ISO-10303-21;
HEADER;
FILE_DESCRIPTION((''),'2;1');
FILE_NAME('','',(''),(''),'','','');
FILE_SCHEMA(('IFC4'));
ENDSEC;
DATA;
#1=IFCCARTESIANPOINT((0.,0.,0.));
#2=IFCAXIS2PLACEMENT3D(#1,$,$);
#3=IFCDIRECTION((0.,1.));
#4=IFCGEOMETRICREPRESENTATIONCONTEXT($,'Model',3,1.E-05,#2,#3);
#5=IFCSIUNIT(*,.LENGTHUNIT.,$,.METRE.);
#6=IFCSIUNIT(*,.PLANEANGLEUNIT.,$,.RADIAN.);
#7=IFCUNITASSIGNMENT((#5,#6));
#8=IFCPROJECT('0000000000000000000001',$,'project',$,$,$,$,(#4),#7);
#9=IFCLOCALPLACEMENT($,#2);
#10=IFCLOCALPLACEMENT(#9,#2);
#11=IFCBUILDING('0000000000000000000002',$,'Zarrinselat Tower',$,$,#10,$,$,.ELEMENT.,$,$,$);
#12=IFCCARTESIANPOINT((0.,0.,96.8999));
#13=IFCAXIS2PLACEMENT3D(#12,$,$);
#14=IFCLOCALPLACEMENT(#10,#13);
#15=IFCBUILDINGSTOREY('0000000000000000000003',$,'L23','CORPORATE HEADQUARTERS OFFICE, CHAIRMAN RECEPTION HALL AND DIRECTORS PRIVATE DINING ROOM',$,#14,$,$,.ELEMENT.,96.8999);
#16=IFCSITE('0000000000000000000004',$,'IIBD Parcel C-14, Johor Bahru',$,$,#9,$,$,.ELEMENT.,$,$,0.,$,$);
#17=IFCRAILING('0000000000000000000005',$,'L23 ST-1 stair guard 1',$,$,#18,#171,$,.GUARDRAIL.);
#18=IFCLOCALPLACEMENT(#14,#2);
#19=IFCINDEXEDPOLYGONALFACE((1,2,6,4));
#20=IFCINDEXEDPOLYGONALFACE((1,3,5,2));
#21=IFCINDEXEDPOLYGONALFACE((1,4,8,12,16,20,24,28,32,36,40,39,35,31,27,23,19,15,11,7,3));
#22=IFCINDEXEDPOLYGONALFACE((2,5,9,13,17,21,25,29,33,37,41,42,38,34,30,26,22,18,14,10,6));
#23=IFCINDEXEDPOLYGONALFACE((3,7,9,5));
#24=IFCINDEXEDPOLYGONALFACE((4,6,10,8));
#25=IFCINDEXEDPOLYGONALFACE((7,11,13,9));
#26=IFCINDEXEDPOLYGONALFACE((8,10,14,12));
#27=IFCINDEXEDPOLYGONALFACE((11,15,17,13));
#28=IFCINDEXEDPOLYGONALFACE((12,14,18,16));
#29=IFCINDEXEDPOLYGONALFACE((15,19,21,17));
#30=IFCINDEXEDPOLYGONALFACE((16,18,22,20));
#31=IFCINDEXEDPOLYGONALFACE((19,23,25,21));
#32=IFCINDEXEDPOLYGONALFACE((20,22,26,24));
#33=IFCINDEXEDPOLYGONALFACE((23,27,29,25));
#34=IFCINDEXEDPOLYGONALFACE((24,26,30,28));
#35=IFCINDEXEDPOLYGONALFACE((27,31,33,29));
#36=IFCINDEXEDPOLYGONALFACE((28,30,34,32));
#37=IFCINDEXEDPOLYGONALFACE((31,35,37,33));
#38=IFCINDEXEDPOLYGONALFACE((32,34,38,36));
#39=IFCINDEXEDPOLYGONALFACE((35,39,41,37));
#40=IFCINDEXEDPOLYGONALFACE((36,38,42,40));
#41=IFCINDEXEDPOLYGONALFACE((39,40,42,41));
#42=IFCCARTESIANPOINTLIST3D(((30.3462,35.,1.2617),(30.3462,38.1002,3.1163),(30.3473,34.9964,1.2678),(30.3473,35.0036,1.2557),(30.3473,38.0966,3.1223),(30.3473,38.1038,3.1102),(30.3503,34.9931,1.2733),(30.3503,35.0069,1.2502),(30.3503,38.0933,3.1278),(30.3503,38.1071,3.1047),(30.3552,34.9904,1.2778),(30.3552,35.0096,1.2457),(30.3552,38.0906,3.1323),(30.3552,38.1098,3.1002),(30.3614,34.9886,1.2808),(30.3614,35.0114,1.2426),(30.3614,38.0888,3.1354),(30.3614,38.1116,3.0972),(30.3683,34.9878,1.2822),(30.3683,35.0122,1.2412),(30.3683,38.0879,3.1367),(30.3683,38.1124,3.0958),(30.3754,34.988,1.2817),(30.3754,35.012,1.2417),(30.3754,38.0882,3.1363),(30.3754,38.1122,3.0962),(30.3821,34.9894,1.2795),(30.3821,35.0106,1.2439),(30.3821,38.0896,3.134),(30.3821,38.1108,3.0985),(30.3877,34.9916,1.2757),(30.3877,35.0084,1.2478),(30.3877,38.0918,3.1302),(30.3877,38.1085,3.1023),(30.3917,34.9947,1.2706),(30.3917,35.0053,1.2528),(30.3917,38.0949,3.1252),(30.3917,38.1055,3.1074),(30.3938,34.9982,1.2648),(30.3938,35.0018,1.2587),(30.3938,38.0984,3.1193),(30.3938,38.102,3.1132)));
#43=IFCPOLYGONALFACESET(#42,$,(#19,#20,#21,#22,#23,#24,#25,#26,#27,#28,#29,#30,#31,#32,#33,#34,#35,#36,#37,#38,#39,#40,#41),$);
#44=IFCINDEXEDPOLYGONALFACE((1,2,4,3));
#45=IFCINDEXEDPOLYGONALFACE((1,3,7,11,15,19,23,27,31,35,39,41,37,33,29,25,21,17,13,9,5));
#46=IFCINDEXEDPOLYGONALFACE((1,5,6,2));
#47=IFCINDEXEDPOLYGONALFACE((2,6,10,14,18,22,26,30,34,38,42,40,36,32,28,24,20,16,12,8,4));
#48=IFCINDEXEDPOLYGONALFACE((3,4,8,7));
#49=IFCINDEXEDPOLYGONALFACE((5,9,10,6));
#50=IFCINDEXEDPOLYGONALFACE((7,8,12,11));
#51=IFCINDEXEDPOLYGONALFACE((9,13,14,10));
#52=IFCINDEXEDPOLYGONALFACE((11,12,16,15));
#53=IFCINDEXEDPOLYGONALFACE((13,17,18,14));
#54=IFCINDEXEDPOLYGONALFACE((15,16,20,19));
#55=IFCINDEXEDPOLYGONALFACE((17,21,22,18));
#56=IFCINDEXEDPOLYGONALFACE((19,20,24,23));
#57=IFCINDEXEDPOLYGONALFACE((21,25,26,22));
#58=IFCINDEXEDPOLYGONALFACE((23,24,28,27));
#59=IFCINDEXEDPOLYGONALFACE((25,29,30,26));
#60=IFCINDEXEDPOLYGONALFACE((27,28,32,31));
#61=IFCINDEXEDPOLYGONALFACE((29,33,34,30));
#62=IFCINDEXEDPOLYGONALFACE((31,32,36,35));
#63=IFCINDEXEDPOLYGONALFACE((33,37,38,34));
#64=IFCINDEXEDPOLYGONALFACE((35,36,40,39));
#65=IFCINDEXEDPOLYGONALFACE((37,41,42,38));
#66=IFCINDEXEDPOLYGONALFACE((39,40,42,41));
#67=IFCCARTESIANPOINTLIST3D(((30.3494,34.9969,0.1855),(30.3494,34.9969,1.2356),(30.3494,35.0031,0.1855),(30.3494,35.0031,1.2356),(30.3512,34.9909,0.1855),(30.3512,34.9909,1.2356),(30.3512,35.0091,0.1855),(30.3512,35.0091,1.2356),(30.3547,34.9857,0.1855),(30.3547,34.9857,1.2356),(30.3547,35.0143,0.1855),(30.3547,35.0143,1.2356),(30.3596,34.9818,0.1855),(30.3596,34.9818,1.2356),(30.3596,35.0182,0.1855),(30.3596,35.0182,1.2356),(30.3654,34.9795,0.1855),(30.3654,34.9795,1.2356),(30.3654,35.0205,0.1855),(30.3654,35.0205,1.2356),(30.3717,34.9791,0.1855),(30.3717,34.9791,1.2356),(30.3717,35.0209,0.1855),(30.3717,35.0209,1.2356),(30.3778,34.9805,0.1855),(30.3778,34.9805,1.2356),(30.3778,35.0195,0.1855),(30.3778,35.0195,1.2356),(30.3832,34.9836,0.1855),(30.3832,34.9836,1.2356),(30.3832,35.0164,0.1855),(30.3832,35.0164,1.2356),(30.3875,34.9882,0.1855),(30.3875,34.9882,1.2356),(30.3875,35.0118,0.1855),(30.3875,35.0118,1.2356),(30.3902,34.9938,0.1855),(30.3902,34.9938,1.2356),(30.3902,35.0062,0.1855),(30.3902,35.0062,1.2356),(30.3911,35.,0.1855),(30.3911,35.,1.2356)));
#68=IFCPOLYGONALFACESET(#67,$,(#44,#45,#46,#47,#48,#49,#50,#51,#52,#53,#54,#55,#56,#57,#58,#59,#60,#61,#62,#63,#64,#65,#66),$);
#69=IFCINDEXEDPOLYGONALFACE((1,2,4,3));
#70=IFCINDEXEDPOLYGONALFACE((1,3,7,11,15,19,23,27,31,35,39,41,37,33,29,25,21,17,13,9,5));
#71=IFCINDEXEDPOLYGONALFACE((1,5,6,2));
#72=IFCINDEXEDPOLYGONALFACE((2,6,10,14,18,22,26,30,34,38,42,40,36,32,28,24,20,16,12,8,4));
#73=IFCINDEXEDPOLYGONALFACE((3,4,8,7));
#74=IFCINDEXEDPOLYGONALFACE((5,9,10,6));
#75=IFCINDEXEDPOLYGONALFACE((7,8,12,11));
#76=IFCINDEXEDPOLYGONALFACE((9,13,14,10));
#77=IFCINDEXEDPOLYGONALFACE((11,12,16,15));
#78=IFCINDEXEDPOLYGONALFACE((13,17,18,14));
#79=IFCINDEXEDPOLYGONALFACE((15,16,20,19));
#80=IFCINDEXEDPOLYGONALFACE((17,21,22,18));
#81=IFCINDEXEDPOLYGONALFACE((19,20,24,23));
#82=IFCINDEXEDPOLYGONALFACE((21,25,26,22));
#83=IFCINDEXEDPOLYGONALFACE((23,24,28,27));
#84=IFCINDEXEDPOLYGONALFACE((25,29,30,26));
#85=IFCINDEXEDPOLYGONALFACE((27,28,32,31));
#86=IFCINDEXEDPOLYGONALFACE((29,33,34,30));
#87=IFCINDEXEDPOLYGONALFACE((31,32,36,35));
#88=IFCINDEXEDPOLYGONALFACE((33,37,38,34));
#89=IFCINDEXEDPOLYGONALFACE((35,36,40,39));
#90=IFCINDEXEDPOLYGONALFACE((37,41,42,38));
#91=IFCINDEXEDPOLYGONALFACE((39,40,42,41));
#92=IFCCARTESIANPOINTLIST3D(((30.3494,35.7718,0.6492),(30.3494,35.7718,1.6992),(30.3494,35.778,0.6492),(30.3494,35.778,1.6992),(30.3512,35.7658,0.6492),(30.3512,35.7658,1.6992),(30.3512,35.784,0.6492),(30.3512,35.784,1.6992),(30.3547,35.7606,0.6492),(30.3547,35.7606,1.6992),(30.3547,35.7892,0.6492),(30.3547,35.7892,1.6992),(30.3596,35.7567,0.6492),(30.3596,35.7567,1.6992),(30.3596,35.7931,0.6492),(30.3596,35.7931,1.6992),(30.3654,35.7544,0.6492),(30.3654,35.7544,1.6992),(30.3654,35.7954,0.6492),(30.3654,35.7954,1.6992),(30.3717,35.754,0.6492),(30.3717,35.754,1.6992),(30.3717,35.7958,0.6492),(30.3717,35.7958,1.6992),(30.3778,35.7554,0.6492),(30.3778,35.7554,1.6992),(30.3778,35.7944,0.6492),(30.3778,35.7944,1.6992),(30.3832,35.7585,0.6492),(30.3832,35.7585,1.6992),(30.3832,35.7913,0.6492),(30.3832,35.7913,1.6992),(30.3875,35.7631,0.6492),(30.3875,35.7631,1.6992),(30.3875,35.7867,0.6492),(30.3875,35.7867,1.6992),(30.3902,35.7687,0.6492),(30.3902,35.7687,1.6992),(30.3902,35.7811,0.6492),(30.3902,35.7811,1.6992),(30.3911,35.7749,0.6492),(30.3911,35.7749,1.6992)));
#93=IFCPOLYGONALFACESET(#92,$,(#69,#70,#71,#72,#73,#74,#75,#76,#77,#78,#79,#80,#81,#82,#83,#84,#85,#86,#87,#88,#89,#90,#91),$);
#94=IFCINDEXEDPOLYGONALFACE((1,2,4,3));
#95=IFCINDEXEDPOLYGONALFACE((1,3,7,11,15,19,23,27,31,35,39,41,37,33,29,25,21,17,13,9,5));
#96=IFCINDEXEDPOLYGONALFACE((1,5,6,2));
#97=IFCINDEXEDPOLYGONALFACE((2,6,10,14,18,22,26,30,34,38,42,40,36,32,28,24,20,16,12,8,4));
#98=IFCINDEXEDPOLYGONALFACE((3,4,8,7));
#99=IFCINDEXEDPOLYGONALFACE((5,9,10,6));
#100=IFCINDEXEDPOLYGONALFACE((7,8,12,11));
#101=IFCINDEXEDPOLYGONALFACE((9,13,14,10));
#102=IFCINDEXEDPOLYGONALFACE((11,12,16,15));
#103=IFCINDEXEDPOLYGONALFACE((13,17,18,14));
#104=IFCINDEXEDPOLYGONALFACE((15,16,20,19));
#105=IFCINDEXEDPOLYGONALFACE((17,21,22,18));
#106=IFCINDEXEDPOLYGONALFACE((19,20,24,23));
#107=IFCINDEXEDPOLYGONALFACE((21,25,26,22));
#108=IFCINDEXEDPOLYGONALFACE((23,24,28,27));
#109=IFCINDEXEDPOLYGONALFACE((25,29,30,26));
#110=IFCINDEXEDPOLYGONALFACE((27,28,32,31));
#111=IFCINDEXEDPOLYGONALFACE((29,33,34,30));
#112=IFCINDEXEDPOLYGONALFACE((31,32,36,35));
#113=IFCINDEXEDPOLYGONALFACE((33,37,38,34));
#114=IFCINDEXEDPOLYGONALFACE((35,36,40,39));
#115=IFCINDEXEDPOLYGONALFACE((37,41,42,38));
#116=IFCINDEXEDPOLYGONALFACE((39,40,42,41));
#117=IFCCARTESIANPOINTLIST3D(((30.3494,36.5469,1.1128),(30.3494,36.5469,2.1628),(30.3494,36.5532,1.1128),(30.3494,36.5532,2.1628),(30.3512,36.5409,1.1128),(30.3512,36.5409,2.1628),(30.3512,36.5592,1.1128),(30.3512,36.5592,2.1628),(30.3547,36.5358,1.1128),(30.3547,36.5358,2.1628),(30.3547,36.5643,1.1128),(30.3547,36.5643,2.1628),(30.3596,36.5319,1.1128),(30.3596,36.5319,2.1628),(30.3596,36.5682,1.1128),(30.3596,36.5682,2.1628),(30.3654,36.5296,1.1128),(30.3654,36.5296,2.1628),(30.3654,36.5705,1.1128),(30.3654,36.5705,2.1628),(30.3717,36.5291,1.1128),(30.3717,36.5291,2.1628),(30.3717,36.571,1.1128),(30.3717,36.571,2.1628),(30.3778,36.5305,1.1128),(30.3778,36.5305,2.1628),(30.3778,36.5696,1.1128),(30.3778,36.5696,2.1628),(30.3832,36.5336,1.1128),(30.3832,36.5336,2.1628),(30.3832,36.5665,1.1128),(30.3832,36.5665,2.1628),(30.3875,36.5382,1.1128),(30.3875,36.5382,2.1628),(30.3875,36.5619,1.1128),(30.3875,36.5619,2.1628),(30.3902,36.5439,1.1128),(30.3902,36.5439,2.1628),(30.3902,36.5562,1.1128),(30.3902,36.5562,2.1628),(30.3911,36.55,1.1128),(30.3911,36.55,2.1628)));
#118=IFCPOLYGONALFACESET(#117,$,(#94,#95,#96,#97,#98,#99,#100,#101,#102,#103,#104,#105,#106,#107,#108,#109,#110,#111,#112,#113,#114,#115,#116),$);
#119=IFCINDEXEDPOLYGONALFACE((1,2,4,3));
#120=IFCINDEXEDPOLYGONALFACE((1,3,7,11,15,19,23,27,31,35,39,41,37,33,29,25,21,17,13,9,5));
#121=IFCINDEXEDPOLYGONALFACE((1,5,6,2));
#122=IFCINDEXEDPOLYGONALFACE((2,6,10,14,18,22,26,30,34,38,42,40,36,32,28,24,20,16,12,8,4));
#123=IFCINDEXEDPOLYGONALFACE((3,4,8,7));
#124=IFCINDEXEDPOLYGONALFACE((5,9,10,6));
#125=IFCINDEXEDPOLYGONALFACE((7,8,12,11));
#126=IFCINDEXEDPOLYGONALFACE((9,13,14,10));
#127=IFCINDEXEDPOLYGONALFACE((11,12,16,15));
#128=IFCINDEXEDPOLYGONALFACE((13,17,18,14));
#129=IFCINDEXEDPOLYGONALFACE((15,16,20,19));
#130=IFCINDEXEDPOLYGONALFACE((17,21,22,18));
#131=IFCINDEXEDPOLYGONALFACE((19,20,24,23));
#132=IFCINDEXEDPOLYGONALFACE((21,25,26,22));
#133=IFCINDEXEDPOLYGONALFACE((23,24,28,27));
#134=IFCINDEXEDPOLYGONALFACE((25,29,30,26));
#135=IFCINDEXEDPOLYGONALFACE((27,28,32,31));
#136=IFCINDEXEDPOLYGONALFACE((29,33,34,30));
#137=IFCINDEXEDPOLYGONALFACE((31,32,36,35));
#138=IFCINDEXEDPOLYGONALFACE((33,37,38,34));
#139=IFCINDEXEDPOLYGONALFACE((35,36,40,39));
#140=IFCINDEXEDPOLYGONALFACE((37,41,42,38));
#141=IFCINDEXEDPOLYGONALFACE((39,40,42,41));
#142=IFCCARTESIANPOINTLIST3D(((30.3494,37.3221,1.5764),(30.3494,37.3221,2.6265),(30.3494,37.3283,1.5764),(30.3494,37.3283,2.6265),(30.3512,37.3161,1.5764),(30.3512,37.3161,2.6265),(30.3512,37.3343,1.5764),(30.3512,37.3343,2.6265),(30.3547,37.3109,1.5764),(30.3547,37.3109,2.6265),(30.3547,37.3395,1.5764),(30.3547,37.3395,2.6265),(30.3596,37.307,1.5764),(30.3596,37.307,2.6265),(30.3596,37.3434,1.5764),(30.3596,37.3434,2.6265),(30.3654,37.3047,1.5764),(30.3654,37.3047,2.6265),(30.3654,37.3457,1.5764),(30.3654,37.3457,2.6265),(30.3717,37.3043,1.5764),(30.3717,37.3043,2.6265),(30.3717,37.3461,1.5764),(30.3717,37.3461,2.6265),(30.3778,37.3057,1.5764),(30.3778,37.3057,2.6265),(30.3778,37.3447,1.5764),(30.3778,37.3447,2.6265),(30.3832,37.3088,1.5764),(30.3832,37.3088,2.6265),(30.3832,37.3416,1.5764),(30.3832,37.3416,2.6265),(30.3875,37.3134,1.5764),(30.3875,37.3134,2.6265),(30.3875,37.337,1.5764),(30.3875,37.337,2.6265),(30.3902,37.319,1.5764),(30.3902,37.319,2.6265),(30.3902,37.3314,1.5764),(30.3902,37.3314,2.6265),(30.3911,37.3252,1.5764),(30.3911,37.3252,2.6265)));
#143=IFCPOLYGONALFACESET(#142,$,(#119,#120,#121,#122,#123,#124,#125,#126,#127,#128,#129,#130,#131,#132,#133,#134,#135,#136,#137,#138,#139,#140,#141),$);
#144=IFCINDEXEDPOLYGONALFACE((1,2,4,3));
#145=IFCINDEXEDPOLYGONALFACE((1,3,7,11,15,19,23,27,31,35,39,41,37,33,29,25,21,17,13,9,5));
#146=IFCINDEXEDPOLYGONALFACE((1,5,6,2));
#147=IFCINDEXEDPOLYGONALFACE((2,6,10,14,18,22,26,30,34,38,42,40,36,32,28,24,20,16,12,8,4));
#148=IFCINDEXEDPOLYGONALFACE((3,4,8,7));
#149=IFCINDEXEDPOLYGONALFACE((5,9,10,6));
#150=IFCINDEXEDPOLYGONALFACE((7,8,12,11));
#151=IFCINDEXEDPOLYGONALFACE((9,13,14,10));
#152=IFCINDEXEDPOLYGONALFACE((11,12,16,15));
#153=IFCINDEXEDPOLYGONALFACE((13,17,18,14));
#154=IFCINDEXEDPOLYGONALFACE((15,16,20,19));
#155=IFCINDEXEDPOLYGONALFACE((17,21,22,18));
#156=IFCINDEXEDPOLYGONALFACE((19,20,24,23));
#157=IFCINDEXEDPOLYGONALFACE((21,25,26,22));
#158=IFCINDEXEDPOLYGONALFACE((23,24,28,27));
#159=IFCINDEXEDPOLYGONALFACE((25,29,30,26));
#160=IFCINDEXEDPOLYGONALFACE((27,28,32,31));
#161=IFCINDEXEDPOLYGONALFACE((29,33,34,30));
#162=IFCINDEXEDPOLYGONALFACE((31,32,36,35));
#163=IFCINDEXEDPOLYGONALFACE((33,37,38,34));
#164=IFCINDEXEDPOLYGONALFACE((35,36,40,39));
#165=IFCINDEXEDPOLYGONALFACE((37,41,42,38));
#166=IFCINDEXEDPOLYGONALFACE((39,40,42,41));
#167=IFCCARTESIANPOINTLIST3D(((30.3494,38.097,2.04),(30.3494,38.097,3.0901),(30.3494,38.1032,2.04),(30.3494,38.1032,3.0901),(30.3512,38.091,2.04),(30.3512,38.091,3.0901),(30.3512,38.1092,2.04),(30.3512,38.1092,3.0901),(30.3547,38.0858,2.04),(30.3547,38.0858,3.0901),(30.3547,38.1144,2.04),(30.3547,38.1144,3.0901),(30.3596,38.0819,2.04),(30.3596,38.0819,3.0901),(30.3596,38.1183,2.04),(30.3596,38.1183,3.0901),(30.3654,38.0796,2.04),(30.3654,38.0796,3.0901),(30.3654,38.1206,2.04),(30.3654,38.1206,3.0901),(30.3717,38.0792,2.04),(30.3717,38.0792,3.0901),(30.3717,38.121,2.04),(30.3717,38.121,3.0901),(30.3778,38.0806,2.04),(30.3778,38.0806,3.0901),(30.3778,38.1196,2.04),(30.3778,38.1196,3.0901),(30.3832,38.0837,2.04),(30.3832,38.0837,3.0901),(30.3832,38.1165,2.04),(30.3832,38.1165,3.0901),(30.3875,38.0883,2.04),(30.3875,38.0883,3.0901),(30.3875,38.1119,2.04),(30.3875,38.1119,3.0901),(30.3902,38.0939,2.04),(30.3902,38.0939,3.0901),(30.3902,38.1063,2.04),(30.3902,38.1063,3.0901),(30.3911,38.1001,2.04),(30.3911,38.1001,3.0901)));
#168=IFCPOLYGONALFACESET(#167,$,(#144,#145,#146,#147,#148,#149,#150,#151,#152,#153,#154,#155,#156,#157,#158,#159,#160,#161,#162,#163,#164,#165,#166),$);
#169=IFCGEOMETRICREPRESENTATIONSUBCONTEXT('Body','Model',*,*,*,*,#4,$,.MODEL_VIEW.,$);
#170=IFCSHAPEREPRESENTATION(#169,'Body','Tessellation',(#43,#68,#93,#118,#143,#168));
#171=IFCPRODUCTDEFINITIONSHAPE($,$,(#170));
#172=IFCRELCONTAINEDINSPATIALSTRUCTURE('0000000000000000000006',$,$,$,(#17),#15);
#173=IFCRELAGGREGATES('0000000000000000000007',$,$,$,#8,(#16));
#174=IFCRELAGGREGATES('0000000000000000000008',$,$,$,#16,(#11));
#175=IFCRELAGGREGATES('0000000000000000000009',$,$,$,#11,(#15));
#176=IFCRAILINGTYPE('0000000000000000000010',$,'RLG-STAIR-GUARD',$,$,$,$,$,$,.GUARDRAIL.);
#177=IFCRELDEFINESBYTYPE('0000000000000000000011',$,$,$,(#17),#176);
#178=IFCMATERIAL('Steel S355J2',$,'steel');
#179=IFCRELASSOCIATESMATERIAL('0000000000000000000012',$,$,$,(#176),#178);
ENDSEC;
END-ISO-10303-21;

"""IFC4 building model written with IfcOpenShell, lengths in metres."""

from ifc_helpers import new_model, si_unit, direction, frame, origin, origin_2d, place, context, subcontext, project, spatial, circle, extrude, material, type_object, element, save


model = new_model("IFC4")

# Units and contexts
model_context = context("Model", 3, precision=1e-05, world=origin(), true_north=direction((0.0, 1.0)))
body_context = subcontext(model_context, "Body", "Model", "MODEL_VIEW")
ifc_project = project(units=[si_unit("LENGTHUNIT", "METRE"), si_unit("PLANEANGLEUNIT", "RADIAN")], contexts=[model_context])

# Site, building, storey
site_placement = place(None, origin())
site = spatial("IfcSite", under=ifc_project, at=site_placement, Name="IIBD Parcel C-14, Johor Bahru", CompositionType="ELEMENT", RefElevation=0.0)
building_placement = place(site_placement, origin())
building = spatial("IfcBuilding", under=site, at=building_placement, Name="Zarrinselat Tower", CompositionType="ELEMENT")
storey_placement = place(building_placement, frame((0.0, 0.0, 96.8999)))
storey = spatial("IfcBuildingStorey", under=building, at=storey_placement, Name="L23", Description="CORPORATE HEADQUARTERS OFFICE, CHAIRMAN RECEPTION HALL AND DIRECTORS PRIVATE DINING ROOM", CompositionType="ELEMENT", Elevation=96.8999)

# Railing
ifc_material_1 = material(Name="Steel S355J2", Category="steel")
railing_type_1 = type_object("IfcRailingType", Name="RLG-STAIR-GUARD", PredefinedType="GUARDRAIL", material=ifc_material_1)
railing_1_placement = place(storey_placement, frame((30.3701, 35.0, 0.1855)))
element("IfcRailing", 1, at=railing_1_placement, inside=storey, type_object=railing_type_1, Name="L23 ST-1 stair guard 1", PredefinedType="GUARDRAIL", context=body_context, shape_type="SweptSolid", body=[
    extrude(circle(Radius=0.0239, at=origin_2d()), frame((0.0, 0.0, 1.0762), z_axis=(0.0, 0.858172, 0.513362), x_axis=(-1.0, 0.0, 0.0)), (0.0, 0.0, 1.0), 3.6125),
    extrude(circle(Radius=0.021, at=origin_2d()), origin(), (0.0, 0.0, 1.0), 1.05),
    extrude(circle(Radius=0.021, at=origin_2d()), frame((0.0, 0.7749, 0.4636)), (0.0, 0.0, 1.0), 1.05),
    extrude(circle(Radius=0.021, at=origin_2d()), frame((0.0, 1.55, 0.9272)), (0.0, 0.0, 1.0), 1.05),
    extrude(circle(Radius=0.021, at=origin_2d()), frame((0.0, 2.3252, 1.3909)), (0.0, 0.0, 1.0), 1.05),
    extrude(circle(Radius=0.021, at=origin_2d()), frame((0.0, 3.1001, 1.8545)), (0.0, 0.0, 1.0), 1.05),
])

save(model, "model.ifc")
